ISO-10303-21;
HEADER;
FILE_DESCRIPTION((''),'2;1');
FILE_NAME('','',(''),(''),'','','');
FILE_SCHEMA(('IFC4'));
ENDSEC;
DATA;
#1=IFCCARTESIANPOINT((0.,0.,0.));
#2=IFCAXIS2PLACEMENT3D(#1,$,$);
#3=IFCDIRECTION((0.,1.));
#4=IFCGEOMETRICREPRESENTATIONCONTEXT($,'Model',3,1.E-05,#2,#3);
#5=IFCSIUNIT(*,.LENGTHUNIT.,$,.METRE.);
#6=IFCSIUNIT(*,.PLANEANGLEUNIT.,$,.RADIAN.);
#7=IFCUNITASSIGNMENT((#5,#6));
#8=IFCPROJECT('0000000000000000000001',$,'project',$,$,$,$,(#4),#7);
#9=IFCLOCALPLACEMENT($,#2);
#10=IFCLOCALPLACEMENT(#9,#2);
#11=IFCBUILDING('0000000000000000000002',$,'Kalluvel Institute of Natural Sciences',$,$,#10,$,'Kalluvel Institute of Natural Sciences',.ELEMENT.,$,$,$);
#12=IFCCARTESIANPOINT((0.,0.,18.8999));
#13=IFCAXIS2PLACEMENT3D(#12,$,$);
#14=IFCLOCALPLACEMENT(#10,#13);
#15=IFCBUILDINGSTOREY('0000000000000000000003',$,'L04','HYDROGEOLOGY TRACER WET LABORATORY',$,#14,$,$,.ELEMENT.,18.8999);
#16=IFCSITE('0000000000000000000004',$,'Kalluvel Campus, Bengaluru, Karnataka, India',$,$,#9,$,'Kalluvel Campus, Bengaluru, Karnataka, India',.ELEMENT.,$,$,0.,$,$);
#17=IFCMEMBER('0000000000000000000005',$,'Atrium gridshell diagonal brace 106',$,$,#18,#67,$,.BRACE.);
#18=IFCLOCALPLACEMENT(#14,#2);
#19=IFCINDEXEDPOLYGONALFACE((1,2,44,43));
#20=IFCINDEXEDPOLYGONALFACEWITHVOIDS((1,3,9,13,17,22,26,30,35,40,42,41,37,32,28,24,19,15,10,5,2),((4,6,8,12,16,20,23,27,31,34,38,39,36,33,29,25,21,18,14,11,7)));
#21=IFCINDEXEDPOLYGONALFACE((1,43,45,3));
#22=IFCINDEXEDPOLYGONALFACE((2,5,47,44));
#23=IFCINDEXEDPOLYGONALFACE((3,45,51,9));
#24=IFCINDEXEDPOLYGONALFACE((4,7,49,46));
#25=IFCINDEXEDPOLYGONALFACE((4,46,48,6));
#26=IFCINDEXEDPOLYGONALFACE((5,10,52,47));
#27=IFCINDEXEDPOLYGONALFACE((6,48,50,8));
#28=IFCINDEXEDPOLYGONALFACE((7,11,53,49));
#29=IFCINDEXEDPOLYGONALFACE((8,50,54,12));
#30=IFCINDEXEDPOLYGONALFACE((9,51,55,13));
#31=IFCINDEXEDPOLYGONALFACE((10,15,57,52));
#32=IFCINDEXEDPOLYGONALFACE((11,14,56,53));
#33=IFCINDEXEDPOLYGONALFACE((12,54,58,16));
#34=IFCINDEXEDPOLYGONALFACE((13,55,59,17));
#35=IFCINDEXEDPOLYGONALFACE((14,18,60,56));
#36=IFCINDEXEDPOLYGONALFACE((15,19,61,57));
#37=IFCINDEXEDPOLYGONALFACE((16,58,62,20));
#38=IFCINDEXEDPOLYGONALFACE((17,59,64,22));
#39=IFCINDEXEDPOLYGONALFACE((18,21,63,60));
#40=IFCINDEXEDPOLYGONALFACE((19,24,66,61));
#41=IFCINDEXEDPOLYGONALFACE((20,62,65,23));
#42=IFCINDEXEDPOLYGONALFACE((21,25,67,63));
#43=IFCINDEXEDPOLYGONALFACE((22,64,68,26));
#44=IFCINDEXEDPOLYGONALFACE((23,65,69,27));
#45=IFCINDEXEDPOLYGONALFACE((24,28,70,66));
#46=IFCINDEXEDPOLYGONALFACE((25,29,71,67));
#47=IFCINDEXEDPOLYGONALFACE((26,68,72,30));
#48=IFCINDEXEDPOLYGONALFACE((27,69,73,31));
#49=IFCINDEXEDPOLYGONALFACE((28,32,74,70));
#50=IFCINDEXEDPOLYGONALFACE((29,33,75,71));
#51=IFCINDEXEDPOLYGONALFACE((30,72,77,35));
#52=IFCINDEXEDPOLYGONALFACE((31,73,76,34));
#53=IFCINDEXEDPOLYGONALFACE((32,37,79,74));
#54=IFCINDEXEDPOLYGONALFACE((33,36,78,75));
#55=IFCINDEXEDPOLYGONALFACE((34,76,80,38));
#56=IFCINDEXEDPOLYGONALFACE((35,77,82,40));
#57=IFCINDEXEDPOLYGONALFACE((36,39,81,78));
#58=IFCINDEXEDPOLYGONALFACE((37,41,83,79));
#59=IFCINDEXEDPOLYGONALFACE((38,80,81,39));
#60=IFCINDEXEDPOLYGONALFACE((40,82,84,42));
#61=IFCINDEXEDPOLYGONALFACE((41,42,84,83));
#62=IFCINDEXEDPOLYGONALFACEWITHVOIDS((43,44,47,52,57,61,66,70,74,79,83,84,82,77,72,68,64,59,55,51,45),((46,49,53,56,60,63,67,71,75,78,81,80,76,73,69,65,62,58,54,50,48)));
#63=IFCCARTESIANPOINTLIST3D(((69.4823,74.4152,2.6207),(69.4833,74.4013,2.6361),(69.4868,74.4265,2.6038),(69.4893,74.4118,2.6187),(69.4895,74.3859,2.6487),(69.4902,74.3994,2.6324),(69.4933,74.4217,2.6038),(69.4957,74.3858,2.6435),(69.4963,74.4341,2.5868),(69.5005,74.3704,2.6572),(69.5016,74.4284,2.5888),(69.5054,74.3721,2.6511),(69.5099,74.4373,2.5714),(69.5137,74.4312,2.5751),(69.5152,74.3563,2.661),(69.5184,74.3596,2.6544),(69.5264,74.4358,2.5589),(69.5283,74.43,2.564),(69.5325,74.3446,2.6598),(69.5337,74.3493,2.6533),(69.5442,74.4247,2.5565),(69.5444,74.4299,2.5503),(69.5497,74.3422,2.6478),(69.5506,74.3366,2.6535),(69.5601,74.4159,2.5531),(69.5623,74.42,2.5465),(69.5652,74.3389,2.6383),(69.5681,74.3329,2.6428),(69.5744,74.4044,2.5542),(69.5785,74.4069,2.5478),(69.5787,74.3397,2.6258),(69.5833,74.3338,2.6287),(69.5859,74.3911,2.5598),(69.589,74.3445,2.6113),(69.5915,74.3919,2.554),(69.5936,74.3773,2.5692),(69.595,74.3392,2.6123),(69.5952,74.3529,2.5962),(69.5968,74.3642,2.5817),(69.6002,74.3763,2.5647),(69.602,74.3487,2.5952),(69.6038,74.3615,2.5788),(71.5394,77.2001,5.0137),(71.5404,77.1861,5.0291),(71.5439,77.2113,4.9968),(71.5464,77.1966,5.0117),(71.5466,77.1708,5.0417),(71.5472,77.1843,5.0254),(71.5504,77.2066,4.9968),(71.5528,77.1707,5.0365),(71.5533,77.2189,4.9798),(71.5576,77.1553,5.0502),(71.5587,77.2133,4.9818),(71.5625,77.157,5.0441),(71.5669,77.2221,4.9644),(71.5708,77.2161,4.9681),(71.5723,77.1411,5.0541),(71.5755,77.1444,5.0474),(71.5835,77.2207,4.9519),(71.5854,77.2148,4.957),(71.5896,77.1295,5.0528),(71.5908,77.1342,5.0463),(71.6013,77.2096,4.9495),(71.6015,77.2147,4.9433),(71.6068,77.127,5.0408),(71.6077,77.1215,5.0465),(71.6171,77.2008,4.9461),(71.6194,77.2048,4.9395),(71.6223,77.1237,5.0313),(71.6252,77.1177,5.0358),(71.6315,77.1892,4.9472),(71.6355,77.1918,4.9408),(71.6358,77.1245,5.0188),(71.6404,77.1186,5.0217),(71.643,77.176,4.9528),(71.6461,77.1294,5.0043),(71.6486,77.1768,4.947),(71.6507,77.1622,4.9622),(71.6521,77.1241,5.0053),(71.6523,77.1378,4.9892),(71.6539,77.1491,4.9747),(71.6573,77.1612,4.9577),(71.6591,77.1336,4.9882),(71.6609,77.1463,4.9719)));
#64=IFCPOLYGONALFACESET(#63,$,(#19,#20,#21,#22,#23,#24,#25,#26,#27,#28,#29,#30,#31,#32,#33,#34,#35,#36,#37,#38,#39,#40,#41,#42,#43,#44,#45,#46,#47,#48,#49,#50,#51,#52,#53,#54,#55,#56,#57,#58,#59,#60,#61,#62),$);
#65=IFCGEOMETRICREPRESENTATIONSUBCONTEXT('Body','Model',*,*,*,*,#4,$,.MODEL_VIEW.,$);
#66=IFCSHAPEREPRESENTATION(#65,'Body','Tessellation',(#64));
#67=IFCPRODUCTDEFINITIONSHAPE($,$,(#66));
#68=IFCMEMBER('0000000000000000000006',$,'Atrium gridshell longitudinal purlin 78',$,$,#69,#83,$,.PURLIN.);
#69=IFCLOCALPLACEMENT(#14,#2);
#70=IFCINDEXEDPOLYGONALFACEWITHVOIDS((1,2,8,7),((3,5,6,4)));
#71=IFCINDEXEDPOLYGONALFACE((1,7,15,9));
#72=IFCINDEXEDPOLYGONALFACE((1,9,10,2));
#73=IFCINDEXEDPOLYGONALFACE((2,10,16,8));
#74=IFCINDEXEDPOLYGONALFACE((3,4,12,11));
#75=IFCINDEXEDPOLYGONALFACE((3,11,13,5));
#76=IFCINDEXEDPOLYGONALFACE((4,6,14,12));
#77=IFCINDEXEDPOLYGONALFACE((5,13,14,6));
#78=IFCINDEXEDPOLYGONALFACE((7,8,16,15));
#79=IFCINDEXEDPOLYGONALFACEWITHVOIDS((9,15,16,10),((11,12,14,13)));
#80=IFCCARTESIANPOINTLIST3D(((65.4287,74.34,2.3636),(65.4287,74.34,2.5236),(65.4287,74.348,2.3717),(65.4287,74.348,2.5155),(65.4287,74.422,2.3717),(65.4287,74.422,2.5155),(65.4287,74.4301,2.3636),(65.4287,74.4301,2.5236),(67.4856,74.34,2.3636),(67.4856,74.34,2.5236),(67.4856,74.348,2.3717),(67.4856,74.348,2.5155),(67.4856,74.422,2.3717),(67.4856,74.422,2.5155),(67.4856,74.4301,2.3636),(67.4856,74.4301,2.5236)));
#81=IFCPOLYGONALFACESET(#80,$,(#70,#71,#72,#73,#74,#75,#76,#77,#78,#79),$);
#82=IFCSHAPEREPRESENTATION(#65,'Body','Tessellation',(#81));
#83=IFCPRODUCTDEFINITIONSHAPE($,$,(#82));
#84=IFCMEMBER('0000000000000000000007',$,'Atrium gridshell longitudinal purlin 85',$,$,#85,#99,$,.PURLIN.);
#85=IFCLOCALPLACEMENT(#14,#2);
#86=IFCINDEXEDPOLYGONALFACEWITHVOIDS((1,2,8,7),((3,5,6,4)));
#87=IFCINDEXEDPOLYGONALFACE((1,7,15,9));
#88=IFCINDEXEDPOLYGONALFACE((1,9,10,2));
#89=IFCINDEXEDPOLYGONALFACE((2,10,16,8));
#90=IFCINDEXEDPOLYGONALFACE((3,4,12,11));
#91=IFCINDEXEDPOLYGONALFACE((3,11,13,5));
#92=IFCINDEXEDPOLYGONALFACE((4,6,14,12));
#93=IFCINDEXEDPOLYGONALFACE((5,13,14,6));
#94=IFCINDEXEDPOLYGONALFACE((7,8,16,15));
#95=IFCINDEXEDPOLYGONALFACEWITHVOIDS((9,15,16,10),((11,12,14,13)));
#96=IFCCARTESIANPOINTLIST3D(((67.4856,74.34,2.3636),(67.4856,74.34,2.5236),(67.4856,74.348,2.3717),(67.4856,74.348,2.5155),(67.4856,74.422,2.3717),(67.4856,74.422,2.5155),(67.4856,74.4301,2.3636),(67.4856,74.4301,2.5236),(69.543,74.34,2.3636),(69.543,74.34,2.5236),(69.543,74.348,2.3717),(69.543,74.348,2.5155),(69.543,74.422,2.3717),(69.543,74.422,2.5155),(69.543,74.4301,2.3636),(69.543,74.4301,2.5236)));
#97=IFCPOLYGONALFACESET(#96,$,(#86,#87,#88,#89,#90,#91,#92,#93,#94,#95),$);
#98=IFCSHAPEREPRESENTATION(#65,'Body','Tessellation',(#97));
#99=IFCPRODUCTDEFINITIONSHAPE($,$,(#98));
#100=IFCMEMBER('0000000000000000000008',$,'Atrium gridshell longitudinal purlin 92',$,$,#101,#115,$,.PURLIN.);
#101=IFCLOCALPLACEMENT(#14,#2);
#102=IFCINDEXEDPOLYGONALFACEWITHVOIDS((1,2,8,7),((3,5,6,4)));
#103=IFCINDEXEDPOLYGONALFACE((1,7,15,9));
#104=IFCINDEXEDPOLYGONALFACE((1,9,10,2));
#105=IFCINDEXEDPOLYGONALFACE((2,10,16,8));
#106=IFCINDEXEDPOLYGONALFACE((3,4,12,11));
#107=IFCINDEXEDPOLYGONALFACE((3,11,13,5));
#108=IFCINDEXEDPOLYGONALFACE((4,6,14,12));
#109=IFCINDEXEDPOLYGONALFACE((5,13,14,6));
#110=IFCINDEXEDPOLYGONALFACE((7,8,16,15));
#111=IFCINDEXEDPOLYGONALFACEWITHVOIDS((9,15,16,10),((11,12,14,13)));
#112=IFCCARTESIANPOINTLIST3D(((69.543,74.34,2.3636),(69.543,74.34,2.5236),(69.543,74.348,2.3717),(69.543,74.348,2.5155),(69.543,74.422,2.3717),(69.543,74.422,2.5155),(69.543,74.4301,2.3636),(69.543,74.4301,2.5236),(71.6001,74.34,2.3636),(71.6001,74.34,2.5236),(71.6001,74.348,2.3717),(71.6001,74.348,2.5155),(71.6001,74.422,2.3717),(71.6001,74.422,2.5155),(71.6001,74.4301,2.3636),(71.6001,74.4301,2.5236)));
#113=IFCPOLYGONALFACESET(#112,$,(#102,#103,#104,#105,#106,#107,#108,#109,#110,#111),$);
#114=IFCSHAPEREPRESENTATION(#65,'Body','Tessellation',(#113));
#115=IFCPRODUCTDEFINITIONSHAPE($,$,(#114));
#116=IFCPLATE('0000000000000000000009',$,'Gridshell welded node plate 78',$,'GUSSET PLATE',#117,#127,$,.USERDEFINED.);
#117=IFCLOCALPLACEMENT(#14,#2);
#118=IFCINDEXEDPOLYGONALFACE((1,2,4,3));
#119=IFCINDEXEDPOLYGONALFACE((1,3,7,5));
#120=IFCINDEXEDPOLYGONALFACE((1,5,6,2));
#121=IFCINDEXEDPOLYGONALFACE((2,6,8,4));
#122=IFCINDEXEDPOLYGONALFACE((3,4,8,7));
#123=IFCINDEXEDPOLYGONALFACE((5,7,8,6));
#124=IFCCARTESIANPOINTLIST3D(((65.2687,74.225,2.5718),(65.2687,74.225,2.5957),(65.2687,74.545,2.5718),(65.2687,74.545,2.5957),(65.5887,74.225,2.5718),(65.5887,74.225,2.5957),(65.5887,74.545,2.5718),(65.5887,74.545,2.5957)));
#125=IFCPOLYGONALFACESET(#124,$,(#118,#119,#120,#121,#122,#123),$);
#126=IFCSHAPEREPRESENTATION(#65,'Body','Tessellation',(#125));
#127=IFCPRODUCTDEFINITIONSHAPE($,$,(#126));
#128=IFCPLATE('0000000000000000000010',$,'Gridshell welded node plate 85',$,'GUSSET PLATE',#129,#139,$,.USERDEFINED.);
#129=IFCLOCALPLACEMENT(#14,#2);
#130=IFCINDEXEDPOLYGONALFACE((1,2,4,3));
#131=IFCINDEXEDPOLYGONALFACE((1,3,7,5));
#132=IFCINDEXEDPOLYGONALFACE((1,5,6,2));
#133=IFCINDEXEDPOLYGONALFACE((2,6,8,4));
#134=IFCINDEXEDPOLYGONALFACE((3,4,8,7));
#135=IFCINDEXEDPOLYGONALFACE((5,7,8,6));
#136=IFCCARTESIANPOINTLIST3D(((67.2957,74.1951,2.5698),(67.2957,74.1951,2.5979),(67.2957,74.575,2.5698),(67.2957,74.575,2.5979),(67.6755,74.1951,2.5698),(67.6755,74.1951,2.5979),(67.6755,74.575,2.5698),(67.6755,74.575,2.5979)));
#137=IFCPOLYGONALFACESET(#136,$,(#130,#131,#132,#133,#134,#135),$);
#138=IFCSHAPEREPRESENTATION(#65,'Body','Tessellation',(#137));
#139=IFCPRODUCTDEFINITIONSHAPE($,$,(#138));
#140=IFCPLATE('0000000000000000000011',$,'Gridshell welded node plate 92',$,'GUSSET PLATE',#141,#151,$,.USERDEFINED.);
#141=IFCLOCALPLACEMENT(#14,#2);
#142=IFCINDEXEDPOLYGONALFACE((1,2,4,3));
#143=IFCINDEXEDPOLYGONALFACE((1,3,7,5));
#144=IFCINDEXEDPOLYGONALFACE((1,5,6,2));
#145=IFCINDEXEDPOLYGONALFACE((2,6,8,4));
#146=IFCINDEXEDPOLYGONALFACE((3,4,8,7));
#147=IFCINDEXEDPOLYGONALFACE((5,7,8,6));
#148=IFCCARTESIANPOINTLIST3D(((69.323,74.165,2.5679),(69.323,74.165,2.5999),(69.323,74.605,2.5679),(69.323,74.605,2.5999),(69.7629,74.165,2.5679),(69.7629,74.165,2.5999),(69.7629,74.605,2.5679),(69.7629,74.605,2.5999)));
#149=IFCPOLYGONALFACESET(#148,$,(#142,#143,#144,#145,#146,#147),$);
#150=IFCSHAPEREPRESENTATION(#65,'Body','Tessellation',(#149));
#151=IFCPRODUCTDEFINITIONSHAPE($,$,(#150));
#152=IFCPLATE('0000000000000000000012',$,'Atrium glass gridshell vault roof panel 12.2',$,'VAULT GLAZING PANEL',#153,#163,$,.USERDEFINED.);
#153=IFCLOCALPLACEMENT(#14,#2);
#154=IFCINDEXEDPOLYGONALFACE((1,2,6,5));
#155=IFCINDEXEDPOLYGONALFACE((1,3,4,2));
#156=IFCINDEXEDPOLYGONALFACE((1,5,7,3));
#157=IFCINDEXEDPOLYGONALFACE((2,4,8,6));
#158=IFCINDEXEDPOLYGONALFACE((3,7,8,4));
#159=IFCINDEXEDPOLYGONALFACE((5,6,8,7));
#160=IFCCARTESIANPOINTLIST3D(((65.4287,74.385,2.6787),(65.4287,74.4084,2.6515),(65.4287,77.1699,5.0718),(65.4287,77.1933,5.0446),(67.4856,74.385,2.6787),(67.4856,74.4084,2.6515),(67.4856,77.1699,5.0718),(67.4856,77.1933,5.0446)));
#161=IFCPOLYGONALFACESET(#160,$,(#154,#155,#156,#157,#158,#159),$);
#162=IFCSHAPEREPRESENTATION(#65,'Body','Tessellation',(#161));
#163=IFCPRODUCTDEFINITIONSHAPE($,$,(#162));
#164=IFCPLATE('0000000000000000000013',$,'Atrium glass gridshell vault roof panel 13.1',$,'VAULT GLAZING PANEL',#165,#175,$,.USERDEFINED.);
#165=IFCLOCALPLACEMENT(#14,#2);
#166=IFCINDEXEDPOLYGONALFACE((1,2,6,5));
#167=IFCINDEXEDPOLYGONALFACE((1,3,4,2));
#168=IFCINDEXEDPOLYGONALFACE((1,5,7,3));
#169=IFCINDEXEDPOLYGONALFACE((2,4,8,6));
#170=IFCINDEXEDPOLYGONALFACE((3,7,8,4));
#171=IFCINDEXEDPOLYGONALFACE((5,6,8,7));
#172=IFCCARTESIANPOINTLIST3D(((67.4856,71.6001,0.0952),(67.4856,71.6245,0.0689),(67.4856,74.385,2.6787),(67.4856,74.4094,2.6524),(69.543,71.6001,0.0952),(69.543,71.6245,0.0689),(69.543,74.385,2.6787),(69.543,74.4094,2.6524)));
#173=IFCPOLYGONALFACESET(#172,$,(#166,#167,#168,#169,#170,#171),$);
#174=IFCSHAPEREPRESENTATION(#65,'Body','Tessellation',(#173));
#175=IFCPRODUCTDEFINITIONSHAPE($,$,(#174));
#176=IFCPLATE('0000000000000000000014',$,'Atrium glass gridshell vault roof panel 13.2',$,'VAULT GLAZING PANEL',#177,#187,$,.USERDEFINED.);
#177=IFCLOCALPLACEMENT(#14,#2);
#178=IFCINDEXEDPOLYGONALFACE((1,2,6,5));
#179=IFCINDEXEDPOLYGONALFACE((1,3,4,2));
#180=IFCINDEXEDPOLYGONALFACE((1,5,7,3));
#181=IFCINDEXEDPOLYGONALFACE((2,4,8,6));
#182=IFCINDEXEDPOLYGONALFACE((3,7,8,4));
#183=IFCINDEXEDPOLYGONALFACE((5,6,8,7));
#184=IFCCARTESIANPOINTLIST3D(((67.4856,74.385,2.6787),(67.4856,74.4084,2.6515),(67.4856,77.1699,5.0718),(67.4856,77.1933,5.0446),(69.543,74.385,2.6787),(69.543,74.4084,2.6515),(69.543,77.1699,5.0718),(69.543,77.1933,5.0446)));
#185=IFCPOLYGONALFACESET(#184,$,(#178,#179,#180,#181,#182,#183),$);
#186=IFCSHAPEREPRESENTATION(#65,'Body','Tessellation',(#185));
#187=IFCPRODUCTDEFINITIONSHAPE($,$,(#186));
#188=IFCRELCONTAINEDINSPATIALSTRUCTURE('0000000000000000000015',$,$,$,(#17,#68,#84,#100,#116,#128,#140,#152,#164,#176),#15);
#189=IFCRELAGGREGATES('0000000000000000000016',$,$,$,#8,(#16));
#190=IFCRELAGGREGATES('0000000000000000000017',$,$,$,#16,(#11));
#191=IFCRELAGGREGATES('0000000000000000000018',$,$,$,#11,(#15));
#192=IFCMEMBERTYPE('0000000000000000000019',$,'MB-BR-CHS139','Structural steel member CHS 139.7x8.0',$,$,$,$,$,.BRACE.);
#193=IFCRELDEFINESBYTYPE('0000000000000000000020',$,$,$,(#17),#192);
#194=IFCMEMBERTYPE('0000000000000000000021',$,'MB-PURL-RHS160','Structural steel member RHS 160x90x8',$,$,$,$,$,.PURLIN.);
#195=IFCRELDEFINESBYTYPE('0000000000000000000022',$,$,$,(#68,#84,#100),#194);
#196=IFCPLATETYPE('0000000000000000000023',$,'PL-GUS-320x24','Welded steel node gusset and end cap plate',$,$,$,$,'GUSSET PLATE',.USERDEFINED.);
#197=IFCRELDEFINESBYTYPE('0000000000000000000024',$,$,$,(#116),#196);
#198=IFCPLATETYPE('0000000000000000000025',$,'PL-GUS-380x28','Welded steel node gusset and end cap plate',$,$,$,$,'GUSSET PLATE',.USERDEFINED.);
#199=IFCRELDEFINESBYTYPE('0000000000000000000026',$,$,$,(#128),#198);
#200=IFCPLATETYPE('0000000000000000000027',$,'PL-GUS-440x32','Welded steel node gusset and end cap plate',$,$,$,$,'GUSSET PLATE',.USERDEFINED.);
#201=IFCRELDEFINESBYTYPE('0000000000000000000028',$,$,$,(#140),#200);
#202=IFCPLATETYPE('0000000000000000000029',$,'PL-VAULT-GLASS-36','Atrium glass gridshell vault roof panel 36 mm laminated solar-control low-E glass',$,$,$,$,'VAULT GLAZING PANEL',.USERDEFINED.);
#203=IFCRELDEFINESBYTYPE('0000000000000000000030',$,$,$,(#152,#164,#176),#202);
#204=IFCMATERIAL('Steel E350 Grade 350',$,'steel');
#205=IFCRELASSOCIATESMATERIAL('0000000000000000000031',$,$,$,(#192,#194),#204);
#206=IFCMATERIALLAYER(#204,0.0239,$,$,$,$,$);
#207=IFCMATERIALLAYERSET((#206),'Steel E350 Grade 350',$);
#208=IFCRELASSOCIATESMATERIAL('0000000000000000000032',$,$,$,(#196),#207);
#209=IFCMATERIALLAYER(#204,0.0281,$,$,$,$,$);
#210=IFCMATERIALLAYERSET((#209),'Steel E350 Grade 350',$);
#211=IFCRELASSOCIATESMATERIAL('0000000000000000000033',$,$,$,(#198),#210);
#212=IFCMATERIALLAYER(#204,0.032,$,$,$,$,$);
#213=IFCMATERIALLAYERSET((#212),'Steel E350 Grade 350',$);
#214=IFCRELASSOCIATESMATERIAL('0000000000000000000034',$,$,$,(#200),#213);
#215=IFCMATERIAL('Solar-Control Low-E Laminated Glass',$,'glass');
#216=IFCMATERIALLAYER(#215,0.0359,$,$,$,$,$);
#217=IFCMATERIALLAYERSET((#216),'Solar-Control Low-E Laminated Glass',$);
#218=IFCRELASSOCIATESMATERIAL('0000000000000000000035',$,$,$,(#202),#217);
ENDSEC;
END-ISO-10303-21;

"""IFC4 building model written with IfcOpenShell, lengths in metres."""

from ifc_helpers import new_model, si_unit, direction, frame, origin, origin_2d, place, context, subcontext, project, spatial, polyline, rectangle, hollow_rectangle, hollow_circle, outline, extrude, material, layer, layer_set, material_profile, profile_set, type_object, element, save


model = new_model("IFC4")

# Units and contexts
model_context = context("Model", 3, precision=1e-05, world=origin(), true_north=direction((0.0, 1.0)))
body_context = subcontext(model_context, "Body", "Model", "MODEL_VIEW")
ifc_project = project(units=[si_unit("LENGTHUNIT", "METRE"), si_unit("PLANEANGLEUNIT", "RADIAN")], contexts=[model_context])

# Site, building, storey
site_placement = place(None, origin())
site = spatial("IfcSite", under=ifc_project, at=site_placement, Name="Kalluvel Campus, Bengaluru, Karnataka, India", LongName="Kalluvel Campus, Bengaluru, Karnataka, India", CompositionType="ELEMENT", RefElevation=0.0)
building_placement = place(site_placement, origin())
building = spatial("IfcBuilding", under=site, at=building_placement, Name="Kalluvel Institute of Natural Sciences", LongName="Kalluvel Institute of Natural Sciences", CompositionType="ELEMENT")
storey_placement = place(building_placement, frame((0.0, 0.0, 18.8999)))
storey = spatial("IfcBuildingStorey", under=building, at=storey_placement, Name="L04", Description="HYDROGEOLOGY TRACER WET LABORATORY", CompositionType="ELEMENT", Elevation=18.8999)

# Shared definitions
ifc_material_1 = material(Name="Steel E350 Grade 350", Category="steel")

# Members
ifc_material_profile_1 = material_profile(ifc_material_1, hollow_circle(Radius=0.0698, WallThickness=0.0081, at=origin_2d()), Name="CHS 139.7x8.0")
ifc_profile_set_1 = profile_set([ifc_material_profile_1], Name="Steel E350 Grade 350")
member_type_1 = type_object("IfcMemberType", Name="MB-BR-CHS139", Description="Structural steel member CHS 139.7x8.0", PredefinedType="BRACE", material=ifc_profile_set_1)
for number, where, z_axis, x_axis, name in (
    (1, (69.543, 74.385, 2.6038), (0.488765, 0.661683, 0.568582), (-0.804353, 0.594151, 0.0), "Atrium gridshell diagonal brace 106"),
):
    element("IfcMember", number, at=place(storey_placement, frame(where, z_axis=z_axis, x_axis=x_axis)), inside=storey, type_object=member_type_1, Name=name, PredefinedType="BRACE", context=body_context, shape_type="SweptSolid", body=[
        extrude(hollow_circle(Radius=0.0698, WallThickness=0.0081, at=origin_2d()), origin(), (0.0, 0.0, 1.0), 4.2087),
    ])
ifc_material_profile_2 = material_profile(ifc_material_1, hollow_rectangle(XDim=0.0901, YDim=0.1599, WallThickness=0.0081, at=origin_2d()), Name="RHS 160x90x8")
ifc_profile_set_2 = profile_set([ifc_material_profile_2], Name="Steel E350 Grade 350")
member_type_2 = type_object("IfcMemberType", Name="MB-PURL-RHS160", Description="Structural steel member RHS 160x90x8", PredefinedType="PURLIN", material=ifc_profile_set_2)
member_1_placement = place(storey_placement, frame((65.4287, 74.385, 2.4436), z_axis=(1.0, 0.0, 0.0), x_axis=(0.0, 1.0, 0.0)))
element("IfcMember", 2, at=member_1_placement, inside=storey, type_object=member_type_2, Name="Atrium gridshell longitudinal purlin 78", PredefinedType="PURLIN", context=body_context, shape_type="SweptSolid", body=[
    extrude(hollow_rectangle(XDim=0.0901, YDim=0.1599, WallThickness=0.0081, at=origin_2d()), origin(), (0.0, 0.0, 1.0), 2.0569),
])
member_2_placement = place(storey_placement, frame((67.4856, 74.385, 2.4436), z_axis=(1.0, 0.0, 0.0), x_axis=(0.0, 1.0, 0.0)))
element("IfcMember", 3, at=member_2_placement, inside=storey, type_object=member_type_2, Name="Atrium gridshell longitudinal purlin 85", PredefinedType="PURLIN", context=body_context, shape_type="SweptSolid", body=[
    extrude(hollow_rectangle(XDim=0.0901, YDim=0.1599, WallThickness=0.0081, at=origin_2d()), origin(), (0.0, 0.0, 1.0), 2.0574),
])
member_3_placement = place(storey_placement, frame((69.543, 74.385, 2.4436), z_axis=(1.0, 0.0, 0.0), x_axis=(0.0, 1.0, 0.0)))
element("IfcMember", 4, at=member_3_placement, inside=storey, type_object=member_type_2, Name="Atrium gridshell longitudinal purlin 92", PredefinedType="PURLIN", context=body_context, shape_type="SweptSolid", body=[
    extrude(hollow_rectangle(XDim=0.0901, YDim=0.1599, WallThickness=0.0081, at=origin_2d()), origin(), (0.0, 0.0, 1.0), 2.0571),
])

# Plates
ifc_layer_1 = layer(ifc_material_1, 0.0239)
ifc_layer_set_1 = layer_set([ifc_layer_1], Name="Steel E350 Grade 350")
plate_type_1 = type_object("IfcPlateType", Name="PL-GUS-320x24", Description="Welded steel node gusset and end cap plate", ElementType="GUSSET PLATE", PredefinedType="USERDEFINED", material=ifc_layer_set_1)
plate_1_placement = place(storey_placement, frame((65.4287, 74.385, 2.5718), z_axis=(0.0, 0.0, 1.0), x_axis=(1.0, 0.0, 0.0)))
element("IfcPlate", 5, at=plate_1_placement, inside=storey, type_object=plate_type_1, Name="Gridshell welded node plate 78", ObjectType="GUSSET PLATE", PredefinedType="USERDEFINED", context=body_context, shape_type="SweptSolid", body=[
    extrude(rectangle(XDim=0.3201, YDim=0.3201, at=origin_2d()), origin(), (0.0, 0.0, 1.0), 0.0239),
])
ifc_layer_2 = layer(ifc_material_1, 0.0281)
ifc_layer_set_2 = layer_set([ifc_layer_2], Name="Steel E350 Grade 350")
plate_type_2 = type_object("IfcPlateType", Name="PL-GUS-380x28", Description="Welded steel node gusset and end cap plate", ElementType="GUSSET PLATE", PredefinedType="USERDEFINED", material=ifc_layer_set_2)
plate_2_placement = place(storey_placement, frame((67.4856, 74.385, 2.5698), z_axis=(0.0, 0.0, 1.0), x_axis=(1.0, 0.0, 0.0)))
element("IfcPlate", 6, at=plate_2_placement, inside=storey, type_object=plate_type_2, Name="Gridshell welded node plate 85", ObjectType="GUSSET PLATE", PredefinedType="USERDEFINED", context=body_context, shape_type="SweptSolid", body=[
    extrude(rectangle(XDim=0.3799, YDim=0.3799, at=origin_2d()), origin(), (0.0, 0.0, 1.0), 0.0281),
])
ifc_layer_3 = layer(ifc_material_1, 0.032)
ifc_layer_set_3 = layer_set([ifc_layer_3], Name="Steel E350 Grade 350")
plate_type_3 = type_object("IfcPlateType", Name="PL-GUS-440x32", Description="Welded steel node gusset and end cap plate", ElementType="GUSSET PLATE", PredefinedType="USERDEFINED", material=ifc_layer_set_3)
plate_3_placement = place(storey_placement, frame((69.543, 74.385, 2.5679), z_axis=(0.0, 0.0, 1.0), x_axis=(1.0, 0.0, 0.0)))
element("IfcPlate", 7, at=plate_3_placement, inside=storey, type_object=plate_type_3, Name="Gridshell welded node plate 92", ObjectType="GUSSET PLATE", PredefinedType="USERDEFINED", context=body_context, shape_type="SweptSolid", body=[
    extrude(rectangle(XDim=0.4399, YDim=0.4399, at=origin_2d()), origin(), (0.0, 0.0, 1.0), 0.032),
])
ifc_material_2 = material(Name="Solar-Control Low-E Laminated Glass", Category="glass")
ifc_layer_4 = layer(ifc_material_2, 0.0359)
ifc_layer_set_4 = layer_set([ifc_layer_4], Name="Solar-Control Low-E Laminated Glass")
plate_type_4 = type_object("IfcPlateType", Name="PL-VAULT-GLASS-36", Description="Atrium glass gridshell vault roof panel 36 mm laminated solar-control low-E glass", ElementType="VAULT GLAZING PANEL", PredefinedType="USERDEFINED", material=ifc_layer_set_4)
plate_4_placement = place(storey_placement, frame((65.4287, 74.385, 2.6787), z_axis=(0.0, -0.651733, 0.758449), x_axis=(1.0, 0.0, 0.0)))
element("IfcPlate", 8, at=plate_4_placement, inside=storey, type_object=plate_type_4, Name="Atrium glass gridshell vault roof panel 12.2", ObjectType="VAULT GLAZING PANEL", PredefinedType="USERDEFINED", context=body_context, shape_type="SweptSolid", body=[
    extrude(outline(polyline([(0.0, 0.0), (2.0569, 0.0), (2.0569, 3.6719), (0.0, 3.6719), (0.0, 0.0)])), origin(), (0.0, 0.0, -1.0), 0.0359),
])
plate_5_placement = place(storey_placement, frame((67.4856, 71.6001, 0.0952), z_axis=(0.0, -0.680099, 0.733121), x_axis=(1.0, 0.0, 0.0)))
element("IfcPlate", 9, at=plate_5_placement, inside=storey, type_object=plate_type_4, Name="Atrium glass gridshell vault roof panel 13.1", ObjectType="VAULT GLAZING PANEL", PredefinedType="USERDEFINED", context=body_context, shape_type="SweptSolid", body=[
    extrude(outline(polyline([(0.0, 0.0), (2.0574, 0.0), (2.0574, 3.7987), (0.0, 3.7987), (0.0, 0.0)])), origin(), (0.0, 0.0, -1.0), 0.0359),
])
plate_6_placement = place(storey_placement, frame((67.4856, 74.385, 2.6787), z_axis=(0.0, -0.651733, 0.758449), x_axis=(1.0, 0.0, 0.0)))
element("IfcPlate", 10, at=plate_6_placement, inside=storey, type_object=plate_type_4, Name="Atrium glass gridshell vault roof panel 13.2", ObjectType="VAULT GLAZING PANEL", PredefinedType="USERDEFINED", context=body_context, shape_type="SweptSolid", body=[
    extrude(outline(polyline([(0.0, 0.0), (2.0574, 0.0), (2.0574, 3.6719), (0.0, 3.6719), (0.0, 0.0)])), origin(), (0.0, 0.0, -1.0), 0.0359),
])

save(model, "model.ifc")
